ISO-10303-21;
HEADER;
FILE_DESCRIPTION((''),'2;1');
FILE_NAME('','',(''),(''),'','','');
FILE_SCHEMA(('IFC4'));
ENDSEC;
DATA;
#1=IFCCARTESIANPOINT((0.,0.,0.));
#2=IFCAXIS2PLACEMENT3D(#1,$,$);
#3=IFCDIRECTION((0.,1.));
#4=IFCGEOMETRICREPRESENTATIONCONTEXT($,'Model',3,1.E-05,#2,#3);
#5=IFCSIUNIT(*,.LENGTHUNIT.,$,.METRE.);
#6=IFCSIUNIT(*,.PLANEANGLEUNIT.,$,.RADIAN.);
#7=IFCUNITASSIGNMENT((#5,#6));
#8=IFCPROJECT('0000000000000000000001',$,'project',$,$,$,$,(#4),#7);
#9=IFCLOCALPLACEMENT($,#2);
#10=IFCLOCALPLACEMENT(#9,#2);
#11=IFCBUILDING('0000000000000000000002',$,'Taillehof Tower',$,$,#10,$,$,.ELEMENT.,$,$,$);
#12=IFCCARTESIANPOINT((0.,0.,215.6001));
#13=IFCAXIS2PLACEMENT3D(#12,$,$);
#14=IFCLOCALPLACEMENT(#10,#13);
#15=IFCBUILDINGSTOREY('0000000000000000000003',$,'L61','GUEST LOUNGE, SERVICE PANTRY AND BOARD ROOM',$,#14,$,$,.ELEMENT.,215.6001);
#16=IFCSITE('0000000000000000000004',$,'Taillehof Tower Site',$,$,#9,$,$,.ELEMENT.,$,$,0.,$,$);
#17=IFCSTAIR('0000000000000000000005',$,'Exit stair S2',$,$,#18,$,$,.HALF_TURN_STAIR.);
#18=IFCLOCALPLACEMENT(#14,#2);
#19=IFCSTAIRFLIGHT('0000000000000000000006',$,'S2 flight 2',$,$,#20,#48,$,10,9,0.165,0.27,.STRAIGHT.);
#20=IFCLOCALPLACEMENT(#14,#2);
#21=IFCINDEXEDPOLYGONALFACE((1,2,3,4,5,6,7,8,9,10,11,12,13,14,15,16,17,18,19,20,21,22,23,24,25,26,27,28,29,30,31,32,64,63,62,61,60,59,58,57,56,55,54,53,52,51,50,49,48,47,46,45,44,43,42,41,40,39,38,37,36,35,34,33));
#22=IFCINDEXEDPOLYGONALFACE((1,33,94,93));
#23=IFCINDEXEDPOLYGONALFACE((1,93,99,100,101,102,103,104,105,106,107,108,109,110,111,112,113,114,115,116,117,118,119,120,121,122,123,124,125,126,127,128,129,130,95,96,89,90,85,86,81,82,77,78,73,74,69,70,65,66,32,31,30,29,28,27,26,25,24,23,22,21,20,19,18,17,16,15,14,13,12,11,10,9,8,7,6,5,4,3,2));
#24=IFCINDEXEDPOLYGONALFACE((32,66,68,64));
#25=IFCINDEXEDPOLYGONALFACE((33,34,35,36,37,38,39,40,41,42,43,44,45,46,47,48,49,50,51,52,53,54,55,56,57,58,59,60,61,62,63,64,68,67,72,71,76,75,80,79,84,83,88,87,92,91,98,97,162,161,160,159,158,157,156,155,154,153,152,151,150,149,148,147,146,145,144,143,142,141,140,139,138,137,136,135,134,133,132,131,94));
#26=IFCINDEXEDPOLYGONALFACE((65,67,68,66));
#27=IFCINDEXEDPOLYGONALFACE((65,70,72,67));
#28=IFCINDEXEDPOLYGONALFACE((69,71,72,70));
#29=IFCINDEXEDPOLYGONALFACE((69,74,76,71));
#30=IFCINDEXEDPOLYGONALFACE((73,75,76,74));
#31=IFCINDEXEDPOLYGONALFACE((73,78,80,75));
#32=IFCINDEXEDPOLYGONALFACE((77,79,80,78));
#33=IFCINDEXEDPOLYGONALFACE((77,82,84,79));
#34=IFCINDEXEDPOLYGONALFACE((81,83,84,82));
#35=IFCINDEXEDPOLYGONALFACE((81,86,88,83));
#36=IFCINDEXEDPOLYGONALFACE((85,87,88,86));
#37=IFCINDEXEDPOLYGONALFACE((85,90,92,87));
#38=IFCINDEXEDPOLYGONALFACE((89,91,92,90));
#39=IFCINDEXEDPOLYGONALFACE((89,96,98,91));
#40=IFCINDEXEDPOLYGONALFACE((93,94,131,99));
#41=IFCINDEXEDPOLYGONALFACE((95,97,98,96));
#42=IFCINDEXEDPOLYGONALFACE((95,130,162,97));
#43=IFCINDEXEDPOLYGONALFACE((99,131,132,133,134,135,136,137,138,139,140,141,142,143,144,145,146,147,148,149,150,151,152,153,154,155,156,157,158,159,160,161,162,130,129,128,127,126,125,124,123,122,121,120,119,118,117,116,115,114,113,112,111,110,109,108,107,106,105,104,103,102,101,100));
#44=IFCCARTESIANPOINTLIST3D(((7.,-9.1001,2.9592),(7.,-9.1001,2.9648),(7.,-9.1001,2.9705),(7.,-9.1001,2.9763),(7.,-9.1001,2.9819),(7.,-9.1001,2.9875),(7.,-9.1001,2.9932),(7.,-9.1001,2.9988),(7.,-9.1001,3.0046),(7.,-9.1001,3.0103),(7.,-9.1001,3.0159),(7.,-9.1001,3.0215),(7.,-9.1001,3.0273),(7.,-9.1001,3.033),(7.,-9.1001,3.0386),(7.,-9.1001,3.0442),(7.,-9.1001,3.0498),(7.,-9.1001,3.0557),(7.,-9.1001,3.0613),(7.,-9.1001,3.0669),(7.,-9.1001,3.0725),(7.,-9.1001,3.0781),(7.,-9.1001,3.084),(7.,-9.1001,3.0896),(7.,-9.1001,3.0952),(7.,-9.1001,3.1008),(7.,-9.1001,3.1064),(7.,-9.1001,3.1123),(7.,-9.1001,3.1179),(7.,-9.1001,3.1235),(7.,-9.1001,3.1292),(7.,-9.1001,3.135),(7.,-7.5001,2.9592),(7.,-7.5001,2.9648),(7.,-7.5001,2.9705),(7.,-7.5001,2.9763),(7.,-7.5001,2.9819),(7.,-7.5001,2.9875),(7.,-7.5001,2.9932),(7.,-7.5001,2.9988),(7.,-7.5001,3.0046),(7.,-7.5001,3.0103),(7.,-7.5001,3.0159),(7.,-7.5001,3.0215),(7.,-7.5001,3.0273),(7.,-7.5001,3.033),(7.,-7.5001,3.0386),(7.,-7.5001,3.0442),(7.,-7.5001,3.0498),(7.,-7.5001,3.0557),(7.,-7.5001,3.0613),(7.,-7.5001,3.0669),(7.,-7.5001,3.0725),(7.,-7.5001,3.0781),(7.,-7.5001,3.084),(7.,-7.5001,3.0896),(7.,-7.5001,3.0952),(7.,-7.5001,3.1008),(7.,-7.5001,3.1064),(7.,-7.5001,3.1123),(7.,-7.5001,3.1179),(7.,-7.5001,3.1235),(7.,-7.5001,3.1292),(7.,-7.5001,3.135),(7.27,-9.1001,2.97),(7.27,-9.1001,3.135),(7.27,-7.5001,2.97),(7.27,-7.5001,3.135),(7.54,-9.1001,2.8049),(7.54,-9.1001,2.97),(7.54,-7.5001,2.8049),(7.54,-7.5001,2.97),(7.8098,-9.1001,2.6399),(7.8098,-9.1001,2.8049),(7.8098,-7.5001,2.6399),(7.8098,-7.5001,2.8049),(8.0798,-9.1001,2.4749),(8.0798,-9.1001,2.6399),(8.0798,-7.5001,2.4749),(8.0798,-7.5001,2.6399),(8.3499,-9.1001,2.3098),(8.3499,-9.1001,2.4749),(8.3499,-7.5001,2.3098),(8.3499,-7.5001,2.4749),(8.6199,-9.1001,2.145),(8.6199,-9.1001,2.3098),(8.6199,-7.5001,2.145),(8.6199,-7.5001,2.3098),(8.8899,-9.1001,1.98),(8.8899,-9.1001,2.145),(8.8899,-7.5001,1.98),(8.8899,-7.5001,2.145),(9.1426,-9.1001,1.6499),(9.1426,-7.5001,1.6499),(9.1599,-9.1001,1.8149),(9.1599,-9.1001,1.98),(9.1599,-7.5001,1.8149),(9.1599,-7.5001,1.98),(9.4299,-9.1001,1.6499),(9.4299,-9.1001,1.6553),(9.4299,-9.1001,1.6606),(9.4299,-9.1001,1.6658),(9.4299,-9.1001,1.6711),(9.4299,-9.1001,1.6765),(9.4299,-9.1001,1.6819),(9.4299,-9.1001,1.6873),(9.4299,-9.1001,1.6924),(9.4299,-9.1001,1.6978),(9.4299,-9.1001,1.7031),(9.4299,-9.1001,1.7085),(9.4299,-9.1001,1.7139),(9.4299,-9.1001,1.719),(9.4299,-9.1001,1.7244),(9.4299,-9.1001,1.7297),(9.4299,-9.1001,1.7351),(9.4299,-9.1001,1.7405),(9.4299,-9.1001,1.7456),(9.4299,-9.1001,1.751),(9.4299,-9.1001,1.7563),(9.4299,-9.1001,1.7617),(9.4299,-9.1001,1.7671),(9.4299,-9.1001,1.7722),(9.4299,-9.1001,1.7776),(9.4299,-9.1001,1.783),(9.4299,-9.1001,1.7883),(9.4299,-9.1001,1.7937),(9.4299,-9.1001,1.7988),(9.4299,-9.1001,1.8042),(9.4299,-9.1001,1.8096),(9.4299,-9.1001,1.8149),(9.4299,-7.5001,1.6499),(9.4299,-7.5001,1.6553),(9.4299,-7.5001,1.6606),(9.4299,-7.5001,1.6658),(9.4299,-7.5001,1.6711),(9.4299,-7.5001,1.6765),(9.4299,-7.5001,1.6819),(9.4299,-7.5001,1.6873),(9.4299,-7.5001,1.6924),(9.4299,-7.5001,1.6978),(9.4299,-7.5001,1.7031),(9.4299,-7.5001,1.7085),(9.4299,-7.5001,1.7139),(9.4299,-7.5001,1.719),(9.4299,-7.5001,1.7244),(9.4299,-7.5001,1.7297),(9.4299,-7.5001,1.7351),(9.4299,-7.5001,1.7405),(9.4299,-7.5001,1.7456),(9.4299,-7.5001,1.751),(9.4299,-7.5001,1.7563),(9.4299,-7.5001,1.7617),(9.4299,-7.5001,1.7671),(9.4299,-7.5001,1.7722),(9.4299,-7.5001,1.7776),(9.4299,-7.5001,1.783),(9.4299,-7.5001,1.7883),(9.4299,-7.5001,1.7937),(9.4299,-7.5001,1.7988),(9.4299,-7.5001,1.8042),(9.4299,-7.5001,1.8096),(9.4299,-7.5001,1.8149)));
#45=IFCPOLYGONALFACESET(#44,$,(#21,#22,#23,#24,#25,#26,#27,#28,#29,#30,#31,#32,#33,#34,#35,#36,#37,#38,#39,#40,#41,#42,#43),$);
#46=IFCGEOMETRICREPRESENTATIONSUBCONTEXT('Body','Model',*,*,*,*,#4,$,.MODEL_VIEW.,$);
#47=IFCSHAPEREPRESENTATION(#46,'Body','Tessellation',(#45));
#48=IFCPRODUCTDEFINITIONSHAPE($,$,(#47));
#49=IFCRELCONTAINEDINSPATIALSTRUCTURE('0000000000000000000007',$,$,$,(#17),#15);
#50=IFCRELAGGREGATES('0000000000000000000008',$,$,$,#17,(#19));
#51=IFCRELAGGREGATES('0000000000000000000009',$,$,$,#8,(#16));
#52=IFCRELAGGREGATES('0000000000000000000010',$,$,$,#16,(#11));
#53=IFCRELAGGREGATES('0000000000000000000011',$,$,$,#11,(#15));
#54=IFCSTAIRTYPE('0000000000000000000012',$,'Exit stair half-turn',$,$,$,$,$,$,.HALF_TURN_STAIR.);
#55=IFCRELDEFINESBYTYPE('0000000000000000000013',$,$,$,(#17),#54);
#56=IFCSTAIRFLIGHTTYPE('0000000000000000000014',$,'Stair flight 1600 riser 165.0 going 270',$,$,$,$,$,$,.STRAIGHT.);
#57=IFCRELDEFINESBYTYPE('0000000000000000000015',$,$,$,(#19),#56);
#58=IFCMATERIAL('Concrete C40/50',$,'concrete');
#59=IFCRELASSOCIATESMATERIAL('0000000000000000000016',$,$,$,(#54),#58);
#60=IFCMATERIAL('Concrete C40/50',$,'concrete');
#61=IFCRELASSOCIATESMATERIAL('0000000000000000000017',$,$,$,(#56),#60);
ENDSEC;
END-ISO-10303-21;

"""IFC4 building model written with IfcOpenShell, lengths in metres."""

from ifc_helpers import new_model, si_unit, direction, frame, origin, place, context, subcontext, project, spatial, polyline, outline, extrude, material, type_object, element, aggregate, save


model = new_model("IFC4")

# Units and contexts
model_context = context("Model", 3, precision=1e-05, world=origin(), true_north=direction((0.0, 1.0)))
body_context = subcontext(model_context, "Body", "Model", "MODEL_VIEW")
ifc_project = project(units=[si_unit("LENGTHUNIT", "METRE"), si_unit("PLANEANGLEUNIT", "RADIAN")], contexts=[model_context])

# Site, building, storey
site_placement = place(None, origin())
site = spatial("IfcSite", under=ifc_project, at=site_placement, Name="Taillehof Tower Site", CompositionType="ELEMENT", RefElevation=0.0)
building_placement = place(site_placement, origin())
building = spatial("IfcBuilding", under=site, at=building_placement, Name="Taillehof Tower", CompositionType="ELEMENT")
storey_placement = place(building_placement, frame((0.0, 0.0, 215.6001)))
storey = spatial("IfcBuildingStorey", under=building, at=storey_placement, Name="L61", Description="GUEST LOUNGE, SERVICE PANTRY AND BOARD ROOM", CompositionType="ELEMENT", Elevation=215.6001)

# Stair, stair flight
ifc_material_1 = material(Name="Concrete C40/50", Category="concrete")
stair_type = type_object("IfcStairType", Name="Exit stair half-turn", PredefinedType="HALF_TURN_STAIR", material=ifc_material_1)
stair_placement = place(storey_placement, origin())
stair = element("IfcStair", 1, at=stair_placement, inside=storey, type_object=stair_type, Name="Exit stair S2", PredefinedType="HALF_TURN_STAIR")
ifc_material_2 = material(Name="Concrete C40/50", Category="concrete")
stair_flight_type = type_object("IfcStairFlightType", Name="Stair flight 1600 riser 165.0 going 270", PredefinedType="STRAIGHT", material=ifc_material_2)
stair_flight_placement = place(storey_placement, frame((9.4299, -8.3, 1.6499), z_axis=(0.0, 0.0, 1.0), x_axis=(-1.0, 0.0, 0.0)))
stair_flight = element("IfcStairFlight", 2, at=stair_flight_placement, type_object=stair_flight_type, Name="S2 flight 2", NumberOfRisers=10, NumberOfTreads=9, PredefinedType="STRAIGHT", RiserHeight=0.165, TreadLength=0.27, context=body_context, shape_type="SweptSolid", body=[
    extrude(outline(polyline([(0.0, 0.0), (0.0, 0.0054), (0.0, 0.0107), (0.0, 0.0159), (0.0, 0.0212), (0.0, 0.0266), (0.0, 0.032), (0.0, 0.0374), (0.0, 0.0425), (0.0, 0.0479), (0.0, 0.0532), (0.0, 0.0586), (0.0, 0.064), (0.0, 0.0691), (0.0, 0.0745), (0.0, 0.0798), (0.0, 0.0852), (0.0, 0.0906), (0.0, 0.0957), (0.0, 0.1011), (0.0, 0.1064), (0.0, 0.1118), (0.0, 0.1172), (0.0, 0.1223), (0.0, 0.1277), (0.0, 0.1331), (0.0, 0.1384), (0.0, 0.1438), (0.0, 0.1489), (0.0, 0.1543), (0.0, 0.1597), (0.0, 0.165), (0.27, 0.165), (0.27, 0.3301), (0.54, 0.3301), (0.54, 0.4951), (0.8101, 0.4951), (0.8101, 0.6599), (1.0801, 0.6599), (1.0801, 0.825), (1.3501, 0.825), (1.3501, 0.99), (1.6201, 0.99), (1.6201, 1.155), (1.8899, 1.155), (1.8899, 1.3201), (2.1599, 1.3201), (2.1599, 1.4851), (2.4299, 1.4851), (2.4299, 1.4792), (2.4299, 1.4736), (2.4299, 1.468), (2.4299, 1.4624), (2.4299, 1.4565), (2.4299, 1.4509), (2.4299, 1.4453), (2.4299, 1.4397), (2.4299, 1.4341), (2.4299, 1.4282), (2.4299, 1.4226), (2.4299, 1.417), (2.4299, 1.4114), (2.4299, 1.4058), (2.4299, 1.3999), (2.4299, 1.3943), (2.4299, 1.3887), (2.4299, 1.3831), (2.4299, 1.3774), (2.4299, 1.3716), (2.4299, 1.366), (2.4299, 1.3604), (2.4299, 1.3547), (2.4299, 1.3489), (2.4299, 1.3433), (2.4299, 1.3376), (2.4299, 1.332), (2.4299, 1.3264), (2.4299, 1.3206), (2.4299, 1.3149), (2.4299, 1.3093), (0.2874, 0.0), (0.0, 0.0)])), frame((0.0, 0.8, 0.0), z_axis=(0.0, -1.0, 0.0), x_axis=(1.0, 0.0, 0.0)), (0.0, 0.0, 1.0), 1.6),
])
aggregate(stair, [stair_flight])

save(model, "model.ifc")
